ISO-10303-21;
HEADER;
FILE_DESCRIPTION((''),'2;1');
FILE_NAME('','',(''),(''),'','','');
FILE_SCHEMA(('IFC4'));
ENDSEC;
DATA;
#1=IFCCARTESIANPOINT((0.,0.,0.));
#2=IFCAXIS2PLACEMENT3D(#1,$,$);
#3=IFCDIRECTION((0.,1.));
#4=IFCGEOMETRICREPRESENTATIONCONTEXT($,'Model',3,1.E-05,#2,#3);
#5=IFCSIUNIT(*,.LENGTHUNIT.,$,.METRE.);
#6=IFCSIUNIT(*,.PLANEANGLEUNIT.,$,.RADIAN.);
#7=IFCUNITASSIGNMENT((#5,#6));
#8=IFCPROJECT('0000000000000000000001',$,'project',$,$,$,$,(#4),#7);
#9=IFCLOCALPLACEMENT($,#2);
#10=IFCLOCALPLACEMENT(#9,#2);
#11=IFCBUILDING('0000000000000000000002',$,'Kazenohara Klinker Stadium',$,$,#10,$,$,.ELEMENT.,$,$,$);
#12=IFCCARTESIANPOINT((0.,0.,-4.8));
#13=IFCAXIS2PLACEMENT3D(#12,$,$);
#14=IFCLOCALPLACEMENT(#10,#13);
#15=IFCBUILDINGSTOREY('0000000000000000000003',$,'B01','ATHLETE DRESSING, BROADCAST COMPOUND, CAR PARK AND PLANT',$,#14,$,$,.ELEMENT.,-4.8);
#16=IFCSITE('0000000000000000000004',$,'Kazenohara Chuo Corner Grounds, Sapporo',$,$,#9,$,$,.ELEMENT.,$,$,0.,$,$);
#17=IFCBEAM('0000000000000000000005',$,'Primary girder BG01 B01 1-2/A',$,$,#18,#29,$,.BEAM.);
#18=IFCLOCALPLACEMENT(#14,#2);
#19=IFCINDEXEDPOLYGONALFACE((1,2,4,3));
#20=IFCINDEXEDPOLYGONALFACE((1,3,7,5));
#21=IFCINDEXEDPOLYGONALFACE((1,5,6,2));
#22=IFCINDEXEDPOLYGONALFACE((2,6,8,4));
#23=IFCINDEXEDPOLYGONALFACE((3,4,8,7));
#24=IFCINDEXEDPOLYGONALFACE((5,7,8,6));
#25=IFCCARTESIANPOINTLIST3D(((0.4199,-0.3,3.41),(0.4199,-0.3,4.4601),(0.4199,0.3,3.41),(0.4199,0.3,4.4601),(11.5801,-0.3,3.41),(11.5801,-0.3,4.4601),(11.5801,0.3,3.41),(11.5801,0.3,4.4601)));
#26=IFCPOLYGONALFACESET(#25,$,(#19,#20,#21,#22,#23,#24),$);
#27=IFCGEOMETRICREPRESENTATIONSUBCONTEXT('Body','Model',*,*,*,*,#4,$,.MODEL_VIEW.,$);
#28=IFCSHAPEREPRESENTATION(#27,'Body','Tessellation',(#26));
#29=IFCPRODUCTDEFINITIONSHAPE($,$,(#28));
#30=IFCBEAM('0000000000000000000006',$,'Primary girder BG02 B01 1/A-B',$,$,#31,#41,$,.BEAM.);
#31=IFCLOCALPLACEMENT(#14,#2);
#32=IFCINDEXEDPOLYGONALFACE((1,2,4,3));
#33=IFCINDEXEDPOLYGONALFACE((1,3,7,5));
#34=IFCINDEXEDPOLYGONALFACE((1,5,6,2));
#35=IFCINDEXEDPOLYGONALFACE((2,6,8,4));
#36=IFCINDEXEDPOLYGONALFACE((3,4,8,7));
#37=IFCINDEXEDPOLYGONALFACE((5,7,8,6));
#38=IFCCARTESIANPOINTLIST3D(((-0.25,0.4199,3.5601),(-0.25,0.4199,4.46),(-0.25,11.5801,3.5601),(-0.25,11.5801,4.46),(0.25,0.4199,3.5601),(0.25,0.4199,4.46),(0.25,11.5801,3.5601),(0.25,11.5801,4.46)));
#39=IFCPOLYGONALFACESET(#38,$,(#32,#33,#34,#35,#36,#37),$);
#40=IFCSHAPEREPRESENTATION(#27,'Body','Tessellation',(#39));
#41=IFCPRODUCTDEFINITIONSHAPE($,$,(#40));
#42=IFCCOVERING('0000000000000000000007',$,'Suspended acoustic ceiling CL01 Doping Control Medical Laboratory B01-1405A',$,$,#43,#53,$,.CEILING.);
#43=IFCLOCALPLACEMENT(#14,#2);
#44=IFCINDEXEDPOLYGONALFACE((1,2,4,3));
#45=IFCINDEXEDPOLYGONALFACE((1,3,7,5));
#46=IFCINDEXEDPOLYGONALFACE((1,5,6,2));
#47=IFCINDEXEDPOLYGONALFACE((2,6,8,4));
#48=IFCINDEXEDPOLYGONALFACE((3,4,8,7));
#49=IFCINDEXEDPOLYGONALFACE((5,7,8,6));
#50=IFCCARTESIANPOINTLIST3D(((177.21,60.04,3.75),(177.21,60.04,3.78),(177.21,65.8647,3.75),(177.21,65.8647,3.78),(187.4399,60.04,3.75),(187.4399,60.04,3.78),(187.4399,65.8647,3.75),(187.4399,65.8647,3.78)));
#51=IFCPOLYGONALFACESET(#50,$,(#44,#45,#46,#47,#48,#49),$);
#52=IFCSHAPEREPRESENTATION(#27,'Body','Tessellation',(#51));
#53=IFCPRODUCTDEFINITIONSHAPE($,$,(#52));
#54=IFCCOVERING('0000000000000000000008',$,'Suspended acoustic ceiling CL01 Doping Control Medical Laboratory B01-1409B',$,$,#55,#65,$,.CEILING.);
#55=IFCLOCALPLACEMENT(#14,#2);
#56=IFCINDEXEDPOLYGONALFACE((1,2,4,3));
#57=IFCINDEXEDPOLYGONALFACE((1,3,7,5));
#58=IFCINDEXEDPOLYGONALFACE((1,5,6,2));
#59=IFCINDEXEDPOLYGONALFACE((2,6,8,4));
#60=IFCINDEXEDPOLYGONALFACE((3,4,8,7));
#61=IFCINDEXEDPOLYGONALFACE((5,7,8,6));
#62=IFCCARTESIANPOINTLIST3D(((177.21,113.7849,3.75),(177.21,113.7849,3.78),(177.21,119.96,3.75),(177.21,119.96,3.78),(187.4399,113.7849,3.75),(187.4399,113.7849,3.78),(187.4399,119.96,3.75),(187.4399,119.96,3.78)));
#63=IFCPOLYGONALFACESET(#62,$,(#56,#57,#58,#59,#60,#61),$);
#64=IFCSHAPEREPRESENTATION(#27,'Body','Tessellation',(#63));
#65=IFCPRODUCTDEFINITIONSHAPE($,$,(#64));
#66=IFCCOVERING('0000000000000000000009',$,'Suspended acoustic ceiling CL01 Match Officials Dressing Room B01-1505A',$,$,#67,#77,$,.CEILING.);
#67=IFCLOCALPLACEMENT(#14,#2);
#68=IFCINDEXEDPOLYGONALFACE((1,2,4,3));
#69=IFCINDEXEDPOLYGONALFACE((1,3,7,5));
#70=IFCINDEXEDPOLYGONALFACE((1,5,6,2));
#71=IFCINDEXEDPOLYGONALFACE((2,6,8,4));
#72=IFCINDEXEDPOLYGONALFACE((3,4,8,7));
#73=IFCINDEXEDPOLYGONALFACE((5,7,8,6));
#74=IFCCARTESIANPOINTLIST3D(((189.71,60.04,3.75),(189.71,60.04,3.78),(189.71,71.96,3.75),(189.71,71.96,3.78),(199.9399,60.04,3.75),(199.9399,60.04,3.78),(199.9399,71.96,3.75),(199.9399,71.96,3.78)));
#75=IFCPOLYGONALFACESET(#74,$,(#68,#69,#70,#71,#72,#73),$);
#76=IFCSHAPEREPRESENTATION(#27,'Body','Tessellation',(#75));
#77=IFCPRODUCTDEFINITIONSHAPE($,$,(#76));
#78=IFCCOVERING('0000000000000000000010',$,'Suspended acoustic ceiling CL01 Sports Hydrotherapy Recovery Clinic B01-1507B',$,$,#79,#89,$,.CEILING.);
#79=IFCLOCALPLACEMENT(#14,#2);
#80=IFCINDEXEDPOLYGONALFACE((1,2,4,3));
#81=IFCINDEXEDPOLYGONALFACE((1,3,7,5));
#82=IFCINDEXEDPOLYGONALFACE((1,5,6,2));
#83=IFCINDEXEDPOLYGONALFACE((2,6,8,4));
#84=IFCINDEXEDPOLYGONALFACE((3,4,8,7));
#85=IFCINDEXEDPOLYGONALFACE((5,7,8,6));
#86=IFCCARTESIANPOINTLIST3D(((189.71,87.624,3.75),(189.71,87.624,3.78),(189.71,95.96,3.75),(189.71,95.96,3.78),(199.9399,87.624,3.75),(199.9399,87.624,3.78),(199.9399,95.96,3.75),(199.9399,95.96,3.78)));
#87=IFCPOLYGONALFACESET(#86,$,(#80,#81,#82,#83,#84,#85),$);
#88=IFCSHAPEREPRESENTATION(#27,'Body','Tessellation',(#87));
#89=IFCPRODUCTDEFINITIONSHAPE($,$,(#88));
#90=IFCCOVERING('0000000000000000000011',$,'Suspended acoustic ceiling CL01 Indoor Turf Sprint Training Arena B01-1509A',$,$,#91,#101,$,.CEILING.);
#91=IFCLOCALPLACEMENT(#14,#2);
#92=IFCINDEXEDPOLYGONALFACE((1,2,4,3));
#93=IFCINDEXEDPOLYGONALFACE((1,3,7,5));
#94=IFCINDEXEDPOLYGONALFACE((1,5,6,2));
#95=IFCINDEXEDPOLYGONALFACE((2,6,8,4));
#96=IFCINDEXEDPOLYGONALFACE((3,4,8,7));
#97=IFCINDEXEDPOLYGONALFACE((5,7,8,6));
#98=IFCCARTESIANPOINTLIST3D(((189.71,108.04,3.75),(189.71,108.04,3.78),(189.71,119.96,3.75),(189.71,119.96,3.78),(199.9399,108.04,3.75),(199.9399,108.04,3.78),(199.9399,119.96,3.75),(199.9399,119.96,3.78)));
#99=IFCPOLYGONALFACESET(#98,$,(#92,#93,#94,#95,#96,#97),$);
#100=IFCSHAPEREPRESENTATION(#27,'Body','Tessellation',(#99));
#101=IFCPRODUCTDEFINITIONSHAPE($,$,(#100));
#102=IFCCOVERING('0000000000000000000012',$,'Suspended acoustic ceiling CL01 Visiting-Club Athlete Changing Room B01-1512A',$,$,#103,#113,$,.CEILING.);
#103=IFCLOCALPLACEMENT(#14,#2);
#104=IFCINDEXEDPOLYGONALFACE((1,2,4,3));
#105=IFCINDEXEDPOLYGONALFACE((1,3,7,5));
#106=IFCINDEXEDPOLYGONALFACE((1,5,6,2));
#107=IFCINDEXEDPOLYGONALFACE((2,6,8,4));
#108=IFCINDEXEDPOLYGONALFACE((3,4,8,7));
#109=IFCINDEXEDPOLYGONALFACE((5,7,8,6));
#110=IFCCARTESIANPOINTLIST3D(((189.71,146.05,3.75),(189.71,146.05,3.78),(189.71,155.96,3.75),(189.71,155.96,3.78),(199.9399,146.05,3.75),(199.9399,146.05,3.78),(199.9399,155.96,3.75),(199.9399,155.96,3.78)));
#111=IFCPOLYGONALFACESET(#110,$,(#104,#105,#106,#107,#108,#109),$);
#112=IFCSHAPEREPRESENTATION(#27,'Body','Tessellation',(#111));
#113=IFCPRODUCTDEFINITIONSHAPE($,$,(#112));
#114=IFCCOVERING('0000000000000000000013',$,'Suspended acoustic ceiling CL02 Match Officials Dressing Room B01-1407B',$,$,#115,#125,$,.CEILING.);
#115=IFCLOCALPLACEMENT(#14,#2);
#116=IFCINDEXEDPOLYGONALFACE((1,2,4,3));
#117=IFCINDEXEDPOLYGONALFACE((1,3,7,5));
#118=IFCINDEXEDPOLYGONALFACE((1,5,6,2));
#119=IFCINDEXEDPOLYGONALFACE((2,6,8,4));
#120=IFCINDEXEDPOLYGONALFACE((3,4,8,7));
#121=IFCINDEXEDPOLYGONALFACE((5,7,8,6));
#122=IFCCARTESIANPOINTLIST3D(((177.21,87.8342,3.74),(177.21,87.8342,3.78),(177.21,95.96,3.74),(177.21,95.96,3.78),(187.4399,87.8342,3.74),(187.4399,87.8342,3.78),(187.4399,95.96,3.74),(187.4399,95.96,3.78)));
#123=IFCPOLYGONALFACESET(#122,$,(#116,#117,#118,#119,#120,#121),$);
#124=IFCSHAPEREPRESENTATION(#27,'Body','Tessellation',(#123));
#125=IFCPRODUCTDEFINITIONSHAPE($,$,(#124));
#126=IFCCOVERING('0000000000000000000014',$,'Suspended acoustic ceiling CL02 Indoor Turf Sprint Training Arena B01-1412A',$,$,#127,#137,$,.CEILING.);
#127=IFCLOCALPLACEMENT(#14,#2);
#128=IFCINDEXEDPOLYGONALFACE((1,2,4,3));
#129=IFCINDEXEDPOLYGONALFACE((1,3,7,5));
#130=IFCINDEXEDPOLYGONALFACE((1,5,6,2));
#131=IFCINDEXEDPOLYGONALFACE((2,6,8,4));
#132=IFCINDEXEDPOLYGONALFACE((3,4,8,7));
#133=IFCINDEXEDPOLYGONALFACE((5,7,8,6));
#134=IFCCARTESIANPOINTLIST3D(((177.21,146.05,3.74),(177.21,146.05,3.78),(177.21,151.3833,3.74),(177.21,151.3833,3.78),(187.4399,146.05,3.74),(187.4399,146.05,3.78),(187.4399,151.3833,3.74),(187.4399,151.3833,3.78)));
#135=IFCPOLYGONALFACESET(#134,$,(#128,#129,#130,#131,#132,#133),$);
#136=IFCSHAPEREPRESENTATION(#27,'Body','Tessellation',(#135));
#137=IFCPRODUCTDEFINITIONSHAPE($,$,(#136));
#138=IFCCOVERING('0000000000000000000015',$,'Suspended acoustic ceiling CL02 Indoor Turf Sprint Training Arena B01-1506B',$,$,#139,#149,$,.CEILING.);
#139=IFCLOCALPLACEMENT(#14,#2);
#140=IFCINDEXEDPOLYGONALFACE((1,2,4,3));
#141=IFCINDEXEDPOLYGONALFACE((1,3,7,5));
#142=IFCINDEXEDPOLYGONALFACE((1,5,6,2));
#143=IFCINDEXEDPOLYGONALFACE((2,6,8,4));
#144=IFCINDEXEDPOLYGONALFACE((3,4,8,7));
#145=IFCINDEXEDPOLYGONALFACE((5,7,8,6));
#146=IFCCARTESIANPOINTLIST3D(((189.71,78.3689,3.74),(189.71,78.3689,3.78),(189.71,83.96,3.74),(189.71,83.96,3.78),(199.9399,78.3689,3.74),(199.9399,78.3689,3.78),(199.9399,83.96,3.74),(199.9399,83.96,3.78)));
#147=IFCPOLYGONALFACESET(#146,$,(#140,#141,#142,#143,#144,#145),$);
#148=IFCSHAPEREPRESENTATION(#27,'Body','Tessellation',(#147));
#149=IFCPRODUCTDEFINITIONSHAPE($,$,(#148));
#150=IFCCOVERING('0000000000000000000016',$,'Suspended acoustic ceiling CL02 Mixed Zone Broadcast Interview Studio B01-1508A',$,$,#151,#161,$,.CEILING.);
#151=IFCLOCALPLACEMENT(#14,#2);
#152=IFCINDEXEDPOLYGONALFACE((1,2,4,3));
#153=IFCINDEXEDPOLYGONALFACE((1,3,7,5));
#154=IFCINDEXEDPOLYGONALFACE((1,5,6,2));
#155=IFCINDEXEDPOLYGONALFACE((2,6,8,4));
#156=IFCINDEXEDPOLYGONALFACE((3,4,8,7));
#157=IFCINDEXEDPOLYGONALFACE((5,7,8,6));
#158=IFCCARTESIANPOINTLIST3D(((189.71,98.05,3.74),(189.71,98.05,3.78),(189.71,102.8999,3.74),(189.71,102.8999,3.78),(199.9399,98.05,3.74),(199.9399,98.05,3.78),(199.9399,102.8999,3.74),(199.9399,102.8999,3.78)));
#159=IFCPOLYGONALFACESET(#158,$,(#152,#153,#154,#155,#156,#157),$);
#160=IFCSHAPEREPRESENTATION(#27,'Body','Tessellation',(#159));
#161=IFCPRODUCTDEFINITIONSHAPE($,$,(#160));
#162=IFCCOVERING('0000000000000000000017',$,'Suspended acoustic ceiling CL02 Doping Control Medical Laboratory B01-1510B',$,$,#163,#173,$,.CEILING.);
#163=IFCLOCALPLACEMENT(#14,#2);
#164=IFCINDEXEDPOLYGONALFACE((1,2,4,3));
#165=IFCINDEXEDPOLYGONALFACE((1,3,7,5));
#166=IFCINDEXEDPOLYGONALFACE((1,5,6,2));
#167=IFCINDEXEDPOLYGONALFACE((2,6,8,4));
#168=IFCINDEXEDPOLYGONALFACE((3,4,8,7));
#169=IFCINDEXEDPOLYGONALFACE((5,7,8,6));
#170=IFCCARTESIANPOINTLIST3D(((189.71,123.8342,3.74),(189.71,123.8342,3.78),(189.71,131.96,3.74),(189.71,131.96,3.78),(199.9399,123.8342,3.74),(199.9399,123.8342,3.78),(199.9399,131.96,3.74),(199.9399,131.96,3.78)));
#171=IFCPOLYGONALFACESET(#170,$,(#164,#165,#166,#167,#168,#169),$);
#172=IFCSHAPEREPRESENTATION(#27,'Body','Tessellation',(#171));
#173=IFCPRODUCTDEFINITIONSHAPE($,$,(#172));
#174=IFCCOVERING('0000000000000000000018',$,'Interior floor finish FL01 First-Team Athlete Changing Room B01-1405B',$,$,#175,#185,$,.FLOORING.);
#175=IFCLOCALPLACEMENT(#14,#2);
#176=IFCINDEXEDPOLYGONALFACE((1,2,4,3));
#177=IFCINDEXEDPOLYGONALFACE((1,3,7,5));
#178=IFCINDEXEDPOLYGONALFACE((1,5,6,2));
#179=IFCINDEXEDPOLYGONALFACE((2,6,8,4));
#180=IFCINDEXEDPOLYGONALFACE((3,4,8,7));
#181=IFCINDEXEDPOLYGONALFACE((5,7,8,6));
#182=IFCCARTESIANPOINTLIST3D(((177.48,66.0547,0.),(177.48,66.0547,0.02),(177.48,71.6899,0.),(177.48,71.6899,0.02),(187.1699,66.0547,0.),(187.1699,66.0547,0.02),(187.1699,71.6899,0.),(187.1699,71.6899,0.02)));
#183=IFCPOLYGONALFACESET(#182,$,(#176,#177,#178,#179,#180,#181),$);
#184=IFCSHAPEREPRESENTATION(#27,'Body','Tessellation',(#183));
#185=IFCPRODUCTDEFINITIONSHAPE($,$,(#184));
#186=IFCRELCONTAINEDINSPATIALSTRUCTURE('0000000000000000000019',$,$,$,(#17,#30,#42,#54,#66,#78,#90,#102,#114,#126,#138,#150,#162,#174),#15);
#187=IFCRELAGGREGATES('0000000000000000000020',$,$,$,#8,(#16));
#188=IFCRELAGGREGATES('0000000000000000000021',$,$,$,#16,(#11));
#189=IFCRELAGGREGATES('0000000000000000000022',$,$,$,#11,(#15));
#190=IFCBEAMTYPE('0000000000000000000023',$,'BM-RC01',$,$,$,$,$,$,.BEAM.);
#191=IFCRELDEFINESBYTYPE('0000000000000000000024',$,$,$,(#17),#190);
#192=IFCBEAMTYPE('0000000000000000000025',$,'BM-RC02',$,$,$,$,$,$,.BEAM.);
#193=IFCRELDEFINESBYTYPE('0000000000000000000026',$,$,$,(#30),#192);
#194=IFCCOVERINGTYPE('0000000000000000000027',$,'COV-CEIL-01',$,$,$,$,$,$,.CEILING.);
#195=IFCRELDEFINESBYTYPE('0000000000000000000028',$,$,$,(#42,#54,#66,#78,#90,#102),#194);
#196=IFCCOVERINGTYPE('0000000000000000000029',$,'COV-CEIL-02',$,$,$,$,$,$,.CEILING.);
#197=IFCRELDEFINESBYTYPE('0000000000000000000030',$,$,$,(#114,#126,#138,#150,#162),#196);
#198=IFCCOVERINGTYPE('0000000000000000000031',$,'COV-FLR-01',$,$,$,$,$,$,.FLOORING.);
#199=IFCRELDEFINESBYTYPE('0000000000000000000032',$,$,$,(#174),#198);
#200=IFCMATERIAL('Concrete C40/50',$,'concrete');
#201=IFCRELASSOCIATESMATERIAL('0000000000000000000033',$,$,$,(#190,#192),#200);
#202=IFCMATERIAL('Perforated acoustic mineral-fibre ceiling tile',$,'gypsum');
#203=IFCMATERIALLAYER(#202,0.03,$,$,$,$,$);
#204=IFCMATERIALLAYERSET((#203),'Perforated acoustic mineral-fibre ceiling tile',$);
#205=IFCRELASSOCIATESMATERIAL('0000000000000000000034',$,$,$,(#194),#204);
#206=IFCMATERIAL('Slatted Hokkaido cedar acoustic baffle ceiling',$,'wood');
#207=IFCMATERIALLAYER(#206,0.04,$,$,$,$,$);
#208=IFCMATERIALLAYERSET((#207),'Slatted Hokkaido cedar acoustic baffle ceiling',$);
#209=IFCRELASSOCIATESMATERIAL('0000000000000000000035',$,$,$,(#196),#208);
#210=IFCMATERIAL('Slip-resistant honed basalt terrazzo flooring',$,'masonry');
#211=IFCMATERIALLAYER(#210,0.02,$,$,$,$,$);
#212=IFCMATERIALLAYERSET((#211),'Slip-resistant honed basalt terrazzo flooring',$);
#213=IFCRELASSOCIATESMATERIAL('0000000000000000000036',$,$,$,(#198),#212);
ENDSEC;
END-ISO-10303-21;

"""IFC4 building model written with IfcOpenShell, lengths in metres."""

from ifc_helpers import new_model, si_unit, direction, frame, origin, origin_2d, place, context, subcontext, project, spatial, polyline, rectangle, outline, extrude, material, layer, layer_set, material_profile, profile_set, type_object, element, save


model = new_model("IFC4")

# Units and contexts
model_context = context("Model", 3, precision=1e-05, world=origin(), true_north=direction((0.0, 1.0)))
body_context = subcontext(model_context, "Body", "Model", "MODEL_VIEW")
ifc_project = project(units=[si_unit("LENGTHUNIT", "METRE"), si_unit("PLANEANGLEUNIT", "RADIAN")], contexts=[model_context])

# Site, building, storey
site_placement = place(None, origin())
site = spatial("IfcSite", under=ifc_project, at=site_placement, Name="Kazenohara Chuo Corner Grounds, Sapporo", CompositionType="ELEMENT", RefElevation=0.0)
building_placement = place(site_placement, origin())
building = spatial("IfcBuilding", under=site, at=building_placement, Name="Kazenohara Klinker Stadium", CompositionType="ELEMENT")
storey_placement = place(building_placement, frame((0.0, 0.0, -4.8)))
storey = spatial("IfcBuildingStorey", under=building, at=storey_placement, Name="B01", Description="ATHLETE DRESSING, BROADCAST COMPOUND, CAR PARK AND PLANT", CompositionType="ELEMENT", Elevation=-4.8)

# Beams
ifc_material_1 = material(Name="Concrete C40/50", Category="concrete")
ifc_material_profile_1 = material_profile(ifc_material_1, rectangle(XDim=0.6001, YDim=1.05, at=origin_2d()), Name="RC-BM-600x1050")
ifc_profile_set_1 = profile_set([ifc_material_profile_1], Name="Concrete C40/50")
beam_type_1 = type_object("IfcBeamType", Name="BM-RC01", PredefinedType="BEAM", material=ifc_profile_set_1)
beam_1_placement = place(storey_placement, frame((0.4199, 0.0, 3.9351), z_axis=(1.0, 0.0, 0.0), x_axis=(0.0, 1.0, 0.0)))
element("IfcBeam", 1, at=beam_1_placement, inside=storey, type_object=beam_type_1, Name="Primary girder BG01 B01 1-2/A", PredefinedType="BEAM", context=body_context, shape_type="SweptSolid", body=[
    extrude(rectangle(XDim=0.6001, YDim=1.05, at=origin_2d()), origin(), (0.0, 0.0, 1.0), 11.1602),
])
ifc_material_profile_2 = material_profile(ifc_material_1, rectangle(XDim=0.5, YDim=0.8999, at=origin_2d()), Name="RC-BM-500x900")
ifc_profile_set_2 = profile_set([ifc_material_profile_2], Name="Concrete C40/50")
beam_type_2 = type_object("IfcBeamType", Name="BM-RC02", PredefinedType="BEAM", material=ifc_profile_set_2)
beam_2_placement = place(storey_placement, frame((0.0, 0.4199, 4.01), z_axis=(0.0, 1.0, 0.0), x_axis=(-1.0, 0.0, 0.0)))
element("IfcBeam", 2, at=beam_2_placement, inside=storey, type_object=beam_type_2, Name="Primary girder BG02 B01 1/A-B", PredefinedType="BEAM", context=body_context, shape_type="SweptSolid", body=[
    extrude(rectangle(XDim=0.5, YDim=0.8999, at=origin_2d()), origin(), (0.0, 0.0, 1.0), 11.1602),
])

# Coverings
ifc_material_2 = material(Name="Perforated acoustic mineral-fibre ceiling tile", Category="gypsum")
ifc_layer_1 = layer(ifc_material_2, 0.03)
ifc_layer_set_1 = layer_set([ifc_layer_1], Name="Perforated acoustic mineral-fibre ceiling tile")
covering_type_1 = type_object("IfcCoveringType", Name="COV-CEIL-01", PredefinedType="CEILING", material=ifc_layer_set_1)
covering_1_placement = place(storey_placement, frame((0.0, 0.0, 3.75)))
element("IfcCovering", 3, at=covering_1_placement, inside=storey, type_object=covering_type_1, Name="Suspended acoustic ceiling CL01 Doping Control Medical Laboratory B01-1405A", PredefinedType="CEILING", context=body_context, shape_type="SweptSolid", body=[
    extrude(outline(polyline([(177.21, 60.04), (187.4399, 60.04), (187.4399, 65.8647), (177.21, 65.8647), (177.21, 60.04)])), origin(), (0.0, 0.0, 1.0), 0.03),
])
covering_2_placement = place(storey_placement, frame((0.0, 0.0, 3.75)))
element("IfcCovering", 4, at=covering_2_placement, inside=storey, type_object=covering_type_1, Name="Suspended acoustic ceiling CL01 Doping Control Medical Laboratory B01-1409B", PredefinedType="CEILING", context=body_context, shape_type="SweptSolid", body=[
    extrude(outline(polyline([(177.21, 113.7849), (187.4399, 113.7849), (187.4399, 119.96), (177.21, 119.96), (177.21, 113.7849)])), origin(), (0.0, 0.0, 1.0), 0.03),
])
covering_3_placement = place(storey_placement, frame((0.0, 0.0, 3.75)))
element("IfcCovering", 5, at=covering_3_placement, inside=storey, type_object=covering_type_1, Name="Suspended acoustic ceiling CL01 Match Officials Dressing Room B01-1505A", PredefinedType="CEILING", context=body_context, shape_type="SweptSolid", body=[
    extrude(outline(polyline([(189.71, 60.04), (199.9399, 60.04), (199.9399, 71.96), (189.71, 71.96), (189.71, 60.04)])), origin(), (0.0, 0.0, 1.0), 0.03),
])
covering_4_placement = place(storey_placement, frame((0.0, 0.0, 3.75)))
element("IfcCovering", 6, at=covering_4_placement, inside=storey, type_object=covering_type_1, Name="Suspended acoustic ceiling CL01 Sports Hydrotherapy Recovery Clinic B01-1507B", PredefinedType="CEILING", context=body_context, shape_type="SweptSolid", body=[
    extrude(outline(polyline([(189.71, 87.624), (199.9399, 87.624), (199.9399, 95.96), (189.71, 95.96), (189.71, 87.624)])), origin(), (0.0, 0.0, 1.0), 0.03),
])
covering_5_placement = place(storey_placement, frame((0.0, 0.0, 3.75)))
element("IfcCovering", 7, at=covering_5_placement, inside=storey, type_object=covering_type_1, Name="Suspended acoustic ceiling CL01 Indoor Turf Sprint Training Arena B01-1509A", PredefinedType="CEILING", context=body_context, shape_type="SweptSolid", body=[
    extrude(outline(polyline([(189.71, 108.04), (199.9399, 108.04), (199.9399, 119.96), (189.71, 119.96), (189.71, 108.04)])), origin(), (0.0, 0.0, 1.0), 0.03),
])
covering_6_placement = place(storey_placement, frame((0.0, 0.0, 3.75)))
element("IfcCovering", 8, at=covering_6_placement, inside=storey, type_object=covering_type_1, Name="Suspended acoustic ceiling CL01 Visiting-Club Athlete Changing Room B01-1512A", PredefinedType="CEILING", context=body_context, shape_type="SweptSolid", body=[
    extrude(outline(polyline([(189.71, 146.05), (199.9399, 146.05), (199.9399, 155.96), (189.71, 155.96), (189.71, 146.05)])), origin(), (0.0, 0.0, 1.0), 0.03),
])
ifc_material_3 = material(Name="Slatted Hokkaido cedar acoustic baffle ceiling", Category="wood")
ifc_layer_2 = layer(ifc_material_3, 0.04)
ifc_layer_set_2 = layer_set([ifc_layer_2], Name="Slatted Hokkaido cedar acoustic baffle ceiling")
covering_type_2 = type_object("IfcCoveringType", Name="COV-CEIL-02", PredefinedType="CEILING", material=ifc_layer_set_2)
covering_7_placement = place(storey_placement, frame((0.0, 0.0, 3.74)))
element("IfcCovering", 9, at=covering_7_placement, inside=storey, type_object=covering_type_2, Name="Suspended acoustic ceiling CL02 Match Officials Dressing Room B01-1407B", PredefinedType="CEILING", context=body_context, shape_type="SweptSolid", body=[
    extrude(outline(polyline([(177.21, 87.8342), (187.4399, 87.8342), (187.4399, 95.96), (177.21, 95.96), (177.21, 87.8342)])), origin(), (0.0, 0.0, 1.0), 0.04),
])
covering_8_placement = place(storey_placement, frame((0.0, 0.0, 3.74)))
element("IfcCovering", 10, at=covering_8_placement, inside=storey, type_object=covering_type_2, Name="Suspended acoustic ceiling CL02 Indoor Turf Sprint Training Arena B01-1412A", PredefinedType="CEILING", context=body_context, shape_type="SweptSolid", body=[
    extrude(outline(polyline([(177.21, 146.05), (187.4399, 146.05), (187.4399, 151.3833), (177.21, 151.3833), (177.21, 146.05)])), origin(), (0.0, 0.0, 1.0), 0.04),
])
covering_9_placement = place(storey_placement, frame((0.0, 0.0, 3.74)))
element("IfcCovering", 11, at=covering_9_placement, inside=storey, type_object=covering_type_2, Name="Suspended acoustic ceiling CL02 Indoor Turf Sprint Training Arena B01-1506B", PredefinedType="CEILING", context=body_context, shape_type="SweptSolid", body=[
    extrude(outline(polyline([(189.71, 78.3689), (199.9399, 78.3689), (199.9399, 83.96), (189.71, 83.96), (189.71, 78.3689)])), origin(), (0.0, 0.0, 1.0), 0.04),
])
covering_10_placement = place(storey_placement, frame((0.0, 0.0, 3.74)))
element("IfcCovering", 12, at=covering_10_placement, inside=storey, type_object=covering_type_2, Name="Suspended acoustic ceiling CL02 Mixed Zone Broadcast Interview Studio B01-1508A", PredefinedType="CEILING", context=body_context, shape_type="SweptSolid", body=[
    extrude(outline(polyline([(189.71, 98.05), (199.9399, 98.05), (199.9399, 102.8999), (189.71, 102.8999), (189.71, 98.05)])), origin(), (0.0, 0.0, 1.0), 0.04),
])
covering_11_placement = place(storey_placement, frame((0.0, 0.0, 3.74)))
element("IfcCovering", 13, at=covering_11_placement, inside=storey, type_object=covering_type_2, Name="Suspended acoustic ceiling CL02 Doping Control Medical Laboratory B01-1510B", PredefinedType="CEILING", context=body_context, shape_type="SweptSolid", body=[
    extrude(outline(polyline([(189.71, 123.8342), (199.9399, 123.8342), (199.9399, 131.96), (189.71, 131.96), (189.71, 123.8342)])), origin(), (0.0, 0.0, 1.0), 0.04),
])
ifc_material_4 = material(Name="Slip-resistant honed basalt terrazzo flooring", Category="masonry")
ifc_layer_3 = layer(ifc_material_4, 0.02)
ifc_layer_set_3 = layer_set([ifc_layer_3], Name="Slip-resistant honed basalt terrazzo flooring")
covering_type_3 = type_object("IfcCoveringType", Name="COV-FLR-01", PredefinedType="FLOORING", material=ifc_layer_set_3)
covering_12_placement = place(storey_placement, origin())
element("IfcCovering", 14, at=covering_12_placement, inside=storey, type_object=covering_type_3, Name="Interior floor finish FL01 First-Team Athlete Changing Room B01-1405B", PredefinedType="FLOORING", context=body_context, shape_type="SweptSolid", body=[
    extrude(outline(polyline([(177.48, 66.0547), (187.1699, 66.0547), (187.1699, 71.6899), (177.48, 71.6899), (177.48, 66.0547)])), origin(), (0.0, 0.0, 1.0), 0.02),
])

save(model, "model.ifc")
